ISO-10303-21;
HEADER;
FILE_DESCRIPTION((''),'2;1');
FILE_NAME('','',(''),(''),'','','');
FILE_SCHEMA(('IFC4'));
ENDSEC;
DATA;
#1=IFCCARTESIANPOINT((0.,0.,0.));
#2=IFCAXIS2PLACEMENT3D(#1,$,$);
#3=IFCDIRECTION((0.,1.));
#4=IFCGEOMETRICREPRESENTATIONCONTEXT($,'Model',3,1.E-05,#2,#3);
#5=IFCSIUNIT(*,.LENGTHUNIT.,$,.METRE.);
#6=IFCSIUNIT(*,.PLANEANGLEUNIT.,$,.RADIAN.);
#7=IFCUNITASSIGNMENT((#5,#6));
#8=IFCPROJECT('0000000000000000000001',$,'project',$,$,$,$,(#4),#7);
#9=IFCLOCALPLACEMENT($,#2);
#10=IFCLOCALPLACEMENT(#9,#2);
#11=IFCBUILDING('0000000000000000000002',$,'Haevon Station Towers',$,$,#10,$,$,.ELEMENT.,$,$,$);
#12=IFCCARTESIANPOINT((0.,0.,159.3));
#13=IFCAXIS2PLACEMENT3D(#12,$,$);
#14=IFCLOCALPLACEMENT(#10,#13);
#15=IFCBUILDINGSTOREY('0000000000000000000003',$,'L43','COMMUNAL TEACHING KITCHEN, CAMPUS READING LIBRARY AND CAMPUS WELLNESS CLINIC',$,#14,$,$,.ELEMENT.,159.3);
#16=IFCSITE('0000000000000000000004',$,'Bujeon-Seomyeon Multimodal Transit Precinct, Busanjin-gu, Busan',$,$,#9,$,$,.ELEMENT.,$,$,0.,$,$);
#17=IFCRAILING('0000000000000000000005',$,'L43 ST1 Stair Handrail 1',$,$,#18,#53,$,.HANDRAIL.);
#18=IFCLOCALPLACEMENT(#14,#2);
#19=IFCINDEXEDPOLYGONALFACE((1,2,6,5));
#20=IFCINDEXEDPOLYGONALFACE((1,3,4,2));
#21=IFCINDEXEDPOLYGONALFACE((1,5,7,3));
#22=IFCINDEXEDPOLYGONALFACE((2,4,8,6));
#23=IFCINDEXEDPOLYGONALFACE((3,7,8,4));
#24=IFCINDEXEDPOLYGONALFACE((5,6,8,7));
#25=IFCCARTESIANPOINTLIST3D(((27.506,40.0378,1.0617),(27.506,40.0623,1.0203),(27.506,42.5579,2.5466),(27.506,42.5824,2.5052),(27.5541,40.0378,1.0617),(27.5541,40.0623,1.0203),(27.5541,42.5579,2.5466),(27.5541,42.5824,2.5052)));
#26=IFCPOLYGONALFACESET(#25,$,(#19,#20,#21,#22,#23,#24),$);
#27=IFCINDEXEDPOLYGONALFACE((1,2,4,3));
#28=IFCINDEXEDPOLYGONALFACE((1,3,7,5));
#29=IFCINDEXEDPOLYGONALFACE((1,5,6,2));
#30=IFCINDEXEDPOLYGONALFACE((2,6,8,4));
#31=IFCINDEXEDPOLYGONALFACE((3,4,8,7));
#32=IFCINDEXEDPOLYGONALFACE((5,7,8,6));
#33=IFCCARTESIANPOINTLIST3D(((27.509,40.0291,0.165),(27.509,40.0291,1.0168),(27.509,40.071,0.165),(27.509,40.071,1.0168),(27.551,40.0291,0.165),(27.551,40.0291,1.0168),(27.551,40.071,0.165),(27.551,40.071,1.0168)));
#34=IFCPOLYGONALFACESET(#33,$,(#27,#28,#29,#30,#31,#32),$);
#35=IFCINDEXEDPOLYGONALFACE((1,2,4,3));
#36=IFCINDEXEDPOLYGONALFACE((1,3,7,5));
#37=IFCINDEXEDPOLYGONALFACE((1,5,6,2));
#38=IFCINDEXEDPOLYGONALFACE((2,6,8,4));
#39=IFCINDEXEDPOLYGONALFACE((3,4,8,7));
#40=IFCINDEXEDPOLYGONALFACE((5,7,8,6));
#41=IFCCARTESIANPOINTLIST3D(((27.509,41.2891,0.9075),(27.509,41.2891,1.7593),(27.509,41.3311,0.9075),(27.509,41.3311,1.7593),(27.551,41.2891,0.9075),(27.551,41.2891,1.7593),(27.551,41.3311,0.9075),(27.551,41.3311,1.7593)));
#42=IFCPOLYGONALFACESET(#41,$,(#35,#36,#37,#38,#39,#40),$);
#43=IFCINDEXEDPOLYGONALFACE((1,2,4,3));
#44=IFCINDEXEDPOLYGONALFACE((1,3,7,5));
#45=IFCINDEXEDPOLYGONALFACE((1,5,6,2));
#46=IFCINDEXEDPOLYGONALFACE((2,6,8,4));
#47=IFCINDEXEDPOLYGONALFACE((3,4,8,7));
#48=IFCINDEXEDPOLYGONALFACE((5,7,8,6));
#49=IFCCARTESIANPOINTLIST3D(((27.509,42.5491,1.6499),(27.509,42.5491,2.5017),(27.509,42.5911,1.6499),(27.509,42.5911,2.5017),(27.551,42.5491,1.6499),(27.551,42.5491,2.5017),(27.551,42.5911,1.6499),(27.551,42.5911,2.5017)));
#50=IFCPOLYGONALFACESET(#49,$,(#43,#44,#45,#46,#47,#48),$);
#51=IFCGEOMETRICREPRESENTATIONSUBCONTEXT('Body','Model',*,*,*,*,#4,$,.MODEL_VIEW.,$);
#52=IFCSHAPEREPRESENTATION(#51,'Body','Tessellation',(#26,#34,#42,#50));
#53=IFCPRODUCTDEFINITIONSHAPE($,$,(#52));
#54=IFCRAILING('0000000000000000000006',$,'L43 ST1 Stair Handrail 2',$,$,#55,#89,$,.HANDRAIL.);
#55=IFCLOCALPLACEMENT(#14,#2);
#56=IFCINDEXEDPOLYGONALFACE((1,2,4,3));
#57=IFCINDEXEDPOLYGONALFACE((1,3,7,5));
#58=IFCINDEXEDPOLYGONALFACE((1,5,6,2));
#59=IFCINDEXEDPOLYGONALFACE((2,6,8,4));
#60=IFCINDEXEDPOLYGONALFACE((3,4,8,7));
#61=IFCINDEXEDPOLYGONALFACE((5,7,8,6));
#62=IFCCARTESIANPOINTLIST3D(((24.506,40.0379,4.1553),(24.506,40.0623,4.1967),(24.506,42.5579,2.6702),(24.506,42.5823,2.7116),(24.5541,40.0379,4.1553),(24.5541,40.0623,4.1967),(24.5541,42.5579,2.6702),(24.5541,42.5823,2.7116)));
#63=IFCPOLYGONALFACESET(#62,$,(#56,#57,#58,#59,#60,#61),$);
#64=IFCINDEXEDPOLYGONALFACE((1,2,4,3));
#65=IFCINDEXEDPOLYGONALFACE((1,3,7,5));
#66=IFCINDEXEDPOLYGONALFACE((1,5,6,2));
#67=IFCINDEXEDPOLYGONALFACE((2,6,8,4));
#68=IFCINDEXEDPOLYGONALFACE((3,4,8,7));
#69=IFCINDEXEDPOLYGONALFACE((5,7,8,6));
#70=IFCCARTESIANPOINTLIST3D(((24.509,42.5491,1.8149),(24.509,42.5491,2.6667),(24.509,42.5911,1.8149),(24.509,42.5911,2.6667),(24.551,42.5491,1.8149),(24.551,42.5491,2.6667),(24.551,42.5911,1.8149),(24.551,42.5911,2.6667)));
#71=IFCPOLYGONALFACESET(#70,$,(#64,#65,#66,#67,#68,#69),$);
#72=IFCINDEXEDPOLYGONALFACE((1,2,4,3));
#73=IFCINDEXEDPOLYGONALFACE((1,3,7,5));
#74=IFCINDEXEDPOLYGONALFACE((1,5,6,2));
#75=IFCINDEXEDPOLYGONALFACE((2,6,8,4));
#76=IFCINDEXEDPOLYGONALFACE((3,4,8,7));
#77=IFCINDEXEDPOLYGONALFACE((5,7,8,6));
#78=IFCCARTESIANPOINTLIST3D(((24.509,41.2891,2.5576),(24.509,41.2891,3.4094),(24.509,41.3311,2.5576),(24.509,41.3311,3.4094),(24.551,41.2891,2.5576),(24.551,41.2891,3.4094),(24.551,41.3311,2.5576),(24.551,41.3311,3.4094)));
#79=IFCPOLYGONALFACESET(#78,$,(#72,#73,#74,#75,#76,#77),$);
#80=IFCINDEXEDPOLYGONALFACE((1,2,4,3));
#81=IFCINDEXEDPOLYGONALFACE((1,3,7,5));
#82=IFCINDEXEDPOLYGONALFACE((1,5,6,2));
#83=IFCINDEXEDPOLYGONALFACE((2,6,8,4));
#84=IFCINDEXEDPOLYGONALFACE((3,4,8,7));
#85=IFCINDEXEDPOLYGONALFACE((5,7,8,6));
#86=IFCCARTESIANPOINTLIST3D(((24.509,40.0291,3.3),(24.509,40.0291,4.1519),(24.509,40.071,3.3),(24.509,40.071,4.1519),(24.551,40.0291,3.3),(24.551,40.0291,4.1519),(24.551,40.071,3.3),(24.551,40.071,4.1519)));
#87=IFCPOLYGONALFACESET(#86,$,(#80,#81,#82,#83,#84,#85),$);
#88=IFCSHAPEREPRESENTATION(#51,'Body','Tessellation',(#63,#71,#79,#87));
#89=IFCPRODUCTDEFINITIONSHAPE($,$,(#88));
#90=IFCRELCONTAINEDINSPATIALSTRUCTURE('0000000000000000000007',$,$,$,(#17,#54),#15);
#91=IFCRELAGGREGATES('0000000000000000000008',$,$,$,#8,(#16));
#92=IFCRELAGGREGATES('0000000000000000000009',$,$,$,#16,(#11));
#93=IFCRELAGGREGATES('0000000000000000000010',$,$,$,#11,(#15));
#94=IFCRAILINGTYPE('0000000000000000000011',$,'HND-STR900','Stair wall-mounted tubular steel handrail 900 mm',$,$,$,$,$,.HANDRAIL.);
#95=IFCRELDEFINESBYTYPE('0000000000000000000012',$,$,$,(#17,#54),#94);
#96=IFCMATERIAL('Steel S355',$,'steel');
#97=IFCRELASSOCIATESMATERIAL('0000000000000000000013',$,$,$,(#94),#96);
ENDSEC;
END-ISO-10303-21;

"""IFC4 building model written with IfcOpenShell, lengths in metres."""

from ifc_helpers import new_model, si_unit, direction, frame, origin, origin_2d, place, context, subcontext, project, spatial, rectangle, extrude, material, type_object, element, save


model = new_model("IFC4")

# Units and contexts
model_context = context("Model", 3, precision=1e-05, world=origin(), true_north=direction((0.0, 1.0)))
body_context = subcontext(model_context, "Body", "Model", "MODEL_VIEW")
ifc_project = project(units=[si_unit("LENGTHUNIT", "METRE"), si_unit("PLANEANGLEUNIT", "RADIAN")], contexts=[model_context])

# Site, building, storey
site_placement = place(None, origin())
site = spatial("IfcSite", under=ifc_project, at=site_placement, Name="Bujeon-Seomyeon Multimodal Transit Precinct, Busanjin-gu, Busan", CompositionType="ELEMENT", RefElevation=0.0)
building_placement = place(site_placement, origin())
building = spatial("IfcBuilding", under=site, at=building_placement, Name="Haevon Station Towers", CompositionType="ELEMENT")
storey_placement = place(building_placement, frame((0.0, 0.0, 159.3)))
storey = spatial("IfcBuildingStorey", under=building, at=storey_placement, Name="L43", Description="COMMUNAL TEACHING KITCHEN, CAMPUS READING LIBRARY AND CAMPUS WELLNESS CLINIC", CompositionType="ELEMENT", Elevation=159.3)

# Shared definitions
ifc_material_1 = material(Name="Steel S355", Category="steel")

# Railings
railing_type_1 = type_object("IfcRailingType", Name="HND-STR900", Description="Stair wall-mounted tubular steel handrail 900 mm", PredefinedType="HANDRAIL", material=ifc_material_1)
railing_1_placement = place(storey_placement, frame((27.53, 40.05, 0.165)))
element("IfcRailing", 1, at=railing_1_placement, inside=storey, type_object=railing_type_1, Name="L43 ST1 Stair Handrail 1", PredefinedType="HANDRAIL", context=body_context, shape_type="SweptSolid", body=[
    extrude(rectangle(XDim=0.0481, YDim=0.0481, at=origin_2d()), frame((0.0, 0.0, 0.876), z_axis=(0.0, 0.861561, 0.507655), x_axis=(-1.0, 0.0, 0.0)), (0.0, 0.0, 1.0), 2.925),
    extrude(rectangle(XDim=0.042, YDim=0.042, at=origin_2d()), origin(), (0.0, 0.0, 1.0), 0.8518),
    extrude(rectangle(XDim=0.042, YDim=0.042, at=origin_2d()), frame((0.0, 1.26, 0.7424)), (0.0, 0.0, 1.0), 0.8518),
    extrude(rectangle(XDim=0.042, YDim=0.042, at=origin_2d()), frame((0.0, 2.52, 1.4849)), (0.0, 0.0, 1.0), 0.8518),
])
railing_2_placement = place(storey_placement, frame((24.53, 42.5701, 1.8149)))
element("IfcRailing", 2, at=railing_2_placement, inside=storey, type_object=railing_type_1, Name="L43 ST1 Stair Handrail 2", PredefinedType="HANDRAIL", context=body_context, shape_type="SweptSolid", body=[
    extrude(rectangle(XDim=0.0481, YDim=0.0481, at=origin_2d()), frame((0.0, 0.0, 0.876), z_axis=(0.0, -0.861524, 0.507717), x_axis=(1.0, 0.0, 0.0)), (0.0, 0.0, 1.0), 2.925),
    extrude(rectangle(XDim=0.042, YDim=0.042, at=origin_2d()), origin(), (0.0, 0.0, 1.0), 0.8518),
    extrude(rectangle(XDim=0.042, YDim=0.042, at=origin_2d()), frame((0.0, -1.26, 0.7427)), (0.0, 0.0, 1.0), 0.8518),
    extrude(rectangle(XDim=0.042, YDim=0.042, at=origin_2d()), frame((0.0, -2.52, 1.4851)), (0.0, 0.0, 1.0), 0.8518),
])

save(model, "model.ifc")
